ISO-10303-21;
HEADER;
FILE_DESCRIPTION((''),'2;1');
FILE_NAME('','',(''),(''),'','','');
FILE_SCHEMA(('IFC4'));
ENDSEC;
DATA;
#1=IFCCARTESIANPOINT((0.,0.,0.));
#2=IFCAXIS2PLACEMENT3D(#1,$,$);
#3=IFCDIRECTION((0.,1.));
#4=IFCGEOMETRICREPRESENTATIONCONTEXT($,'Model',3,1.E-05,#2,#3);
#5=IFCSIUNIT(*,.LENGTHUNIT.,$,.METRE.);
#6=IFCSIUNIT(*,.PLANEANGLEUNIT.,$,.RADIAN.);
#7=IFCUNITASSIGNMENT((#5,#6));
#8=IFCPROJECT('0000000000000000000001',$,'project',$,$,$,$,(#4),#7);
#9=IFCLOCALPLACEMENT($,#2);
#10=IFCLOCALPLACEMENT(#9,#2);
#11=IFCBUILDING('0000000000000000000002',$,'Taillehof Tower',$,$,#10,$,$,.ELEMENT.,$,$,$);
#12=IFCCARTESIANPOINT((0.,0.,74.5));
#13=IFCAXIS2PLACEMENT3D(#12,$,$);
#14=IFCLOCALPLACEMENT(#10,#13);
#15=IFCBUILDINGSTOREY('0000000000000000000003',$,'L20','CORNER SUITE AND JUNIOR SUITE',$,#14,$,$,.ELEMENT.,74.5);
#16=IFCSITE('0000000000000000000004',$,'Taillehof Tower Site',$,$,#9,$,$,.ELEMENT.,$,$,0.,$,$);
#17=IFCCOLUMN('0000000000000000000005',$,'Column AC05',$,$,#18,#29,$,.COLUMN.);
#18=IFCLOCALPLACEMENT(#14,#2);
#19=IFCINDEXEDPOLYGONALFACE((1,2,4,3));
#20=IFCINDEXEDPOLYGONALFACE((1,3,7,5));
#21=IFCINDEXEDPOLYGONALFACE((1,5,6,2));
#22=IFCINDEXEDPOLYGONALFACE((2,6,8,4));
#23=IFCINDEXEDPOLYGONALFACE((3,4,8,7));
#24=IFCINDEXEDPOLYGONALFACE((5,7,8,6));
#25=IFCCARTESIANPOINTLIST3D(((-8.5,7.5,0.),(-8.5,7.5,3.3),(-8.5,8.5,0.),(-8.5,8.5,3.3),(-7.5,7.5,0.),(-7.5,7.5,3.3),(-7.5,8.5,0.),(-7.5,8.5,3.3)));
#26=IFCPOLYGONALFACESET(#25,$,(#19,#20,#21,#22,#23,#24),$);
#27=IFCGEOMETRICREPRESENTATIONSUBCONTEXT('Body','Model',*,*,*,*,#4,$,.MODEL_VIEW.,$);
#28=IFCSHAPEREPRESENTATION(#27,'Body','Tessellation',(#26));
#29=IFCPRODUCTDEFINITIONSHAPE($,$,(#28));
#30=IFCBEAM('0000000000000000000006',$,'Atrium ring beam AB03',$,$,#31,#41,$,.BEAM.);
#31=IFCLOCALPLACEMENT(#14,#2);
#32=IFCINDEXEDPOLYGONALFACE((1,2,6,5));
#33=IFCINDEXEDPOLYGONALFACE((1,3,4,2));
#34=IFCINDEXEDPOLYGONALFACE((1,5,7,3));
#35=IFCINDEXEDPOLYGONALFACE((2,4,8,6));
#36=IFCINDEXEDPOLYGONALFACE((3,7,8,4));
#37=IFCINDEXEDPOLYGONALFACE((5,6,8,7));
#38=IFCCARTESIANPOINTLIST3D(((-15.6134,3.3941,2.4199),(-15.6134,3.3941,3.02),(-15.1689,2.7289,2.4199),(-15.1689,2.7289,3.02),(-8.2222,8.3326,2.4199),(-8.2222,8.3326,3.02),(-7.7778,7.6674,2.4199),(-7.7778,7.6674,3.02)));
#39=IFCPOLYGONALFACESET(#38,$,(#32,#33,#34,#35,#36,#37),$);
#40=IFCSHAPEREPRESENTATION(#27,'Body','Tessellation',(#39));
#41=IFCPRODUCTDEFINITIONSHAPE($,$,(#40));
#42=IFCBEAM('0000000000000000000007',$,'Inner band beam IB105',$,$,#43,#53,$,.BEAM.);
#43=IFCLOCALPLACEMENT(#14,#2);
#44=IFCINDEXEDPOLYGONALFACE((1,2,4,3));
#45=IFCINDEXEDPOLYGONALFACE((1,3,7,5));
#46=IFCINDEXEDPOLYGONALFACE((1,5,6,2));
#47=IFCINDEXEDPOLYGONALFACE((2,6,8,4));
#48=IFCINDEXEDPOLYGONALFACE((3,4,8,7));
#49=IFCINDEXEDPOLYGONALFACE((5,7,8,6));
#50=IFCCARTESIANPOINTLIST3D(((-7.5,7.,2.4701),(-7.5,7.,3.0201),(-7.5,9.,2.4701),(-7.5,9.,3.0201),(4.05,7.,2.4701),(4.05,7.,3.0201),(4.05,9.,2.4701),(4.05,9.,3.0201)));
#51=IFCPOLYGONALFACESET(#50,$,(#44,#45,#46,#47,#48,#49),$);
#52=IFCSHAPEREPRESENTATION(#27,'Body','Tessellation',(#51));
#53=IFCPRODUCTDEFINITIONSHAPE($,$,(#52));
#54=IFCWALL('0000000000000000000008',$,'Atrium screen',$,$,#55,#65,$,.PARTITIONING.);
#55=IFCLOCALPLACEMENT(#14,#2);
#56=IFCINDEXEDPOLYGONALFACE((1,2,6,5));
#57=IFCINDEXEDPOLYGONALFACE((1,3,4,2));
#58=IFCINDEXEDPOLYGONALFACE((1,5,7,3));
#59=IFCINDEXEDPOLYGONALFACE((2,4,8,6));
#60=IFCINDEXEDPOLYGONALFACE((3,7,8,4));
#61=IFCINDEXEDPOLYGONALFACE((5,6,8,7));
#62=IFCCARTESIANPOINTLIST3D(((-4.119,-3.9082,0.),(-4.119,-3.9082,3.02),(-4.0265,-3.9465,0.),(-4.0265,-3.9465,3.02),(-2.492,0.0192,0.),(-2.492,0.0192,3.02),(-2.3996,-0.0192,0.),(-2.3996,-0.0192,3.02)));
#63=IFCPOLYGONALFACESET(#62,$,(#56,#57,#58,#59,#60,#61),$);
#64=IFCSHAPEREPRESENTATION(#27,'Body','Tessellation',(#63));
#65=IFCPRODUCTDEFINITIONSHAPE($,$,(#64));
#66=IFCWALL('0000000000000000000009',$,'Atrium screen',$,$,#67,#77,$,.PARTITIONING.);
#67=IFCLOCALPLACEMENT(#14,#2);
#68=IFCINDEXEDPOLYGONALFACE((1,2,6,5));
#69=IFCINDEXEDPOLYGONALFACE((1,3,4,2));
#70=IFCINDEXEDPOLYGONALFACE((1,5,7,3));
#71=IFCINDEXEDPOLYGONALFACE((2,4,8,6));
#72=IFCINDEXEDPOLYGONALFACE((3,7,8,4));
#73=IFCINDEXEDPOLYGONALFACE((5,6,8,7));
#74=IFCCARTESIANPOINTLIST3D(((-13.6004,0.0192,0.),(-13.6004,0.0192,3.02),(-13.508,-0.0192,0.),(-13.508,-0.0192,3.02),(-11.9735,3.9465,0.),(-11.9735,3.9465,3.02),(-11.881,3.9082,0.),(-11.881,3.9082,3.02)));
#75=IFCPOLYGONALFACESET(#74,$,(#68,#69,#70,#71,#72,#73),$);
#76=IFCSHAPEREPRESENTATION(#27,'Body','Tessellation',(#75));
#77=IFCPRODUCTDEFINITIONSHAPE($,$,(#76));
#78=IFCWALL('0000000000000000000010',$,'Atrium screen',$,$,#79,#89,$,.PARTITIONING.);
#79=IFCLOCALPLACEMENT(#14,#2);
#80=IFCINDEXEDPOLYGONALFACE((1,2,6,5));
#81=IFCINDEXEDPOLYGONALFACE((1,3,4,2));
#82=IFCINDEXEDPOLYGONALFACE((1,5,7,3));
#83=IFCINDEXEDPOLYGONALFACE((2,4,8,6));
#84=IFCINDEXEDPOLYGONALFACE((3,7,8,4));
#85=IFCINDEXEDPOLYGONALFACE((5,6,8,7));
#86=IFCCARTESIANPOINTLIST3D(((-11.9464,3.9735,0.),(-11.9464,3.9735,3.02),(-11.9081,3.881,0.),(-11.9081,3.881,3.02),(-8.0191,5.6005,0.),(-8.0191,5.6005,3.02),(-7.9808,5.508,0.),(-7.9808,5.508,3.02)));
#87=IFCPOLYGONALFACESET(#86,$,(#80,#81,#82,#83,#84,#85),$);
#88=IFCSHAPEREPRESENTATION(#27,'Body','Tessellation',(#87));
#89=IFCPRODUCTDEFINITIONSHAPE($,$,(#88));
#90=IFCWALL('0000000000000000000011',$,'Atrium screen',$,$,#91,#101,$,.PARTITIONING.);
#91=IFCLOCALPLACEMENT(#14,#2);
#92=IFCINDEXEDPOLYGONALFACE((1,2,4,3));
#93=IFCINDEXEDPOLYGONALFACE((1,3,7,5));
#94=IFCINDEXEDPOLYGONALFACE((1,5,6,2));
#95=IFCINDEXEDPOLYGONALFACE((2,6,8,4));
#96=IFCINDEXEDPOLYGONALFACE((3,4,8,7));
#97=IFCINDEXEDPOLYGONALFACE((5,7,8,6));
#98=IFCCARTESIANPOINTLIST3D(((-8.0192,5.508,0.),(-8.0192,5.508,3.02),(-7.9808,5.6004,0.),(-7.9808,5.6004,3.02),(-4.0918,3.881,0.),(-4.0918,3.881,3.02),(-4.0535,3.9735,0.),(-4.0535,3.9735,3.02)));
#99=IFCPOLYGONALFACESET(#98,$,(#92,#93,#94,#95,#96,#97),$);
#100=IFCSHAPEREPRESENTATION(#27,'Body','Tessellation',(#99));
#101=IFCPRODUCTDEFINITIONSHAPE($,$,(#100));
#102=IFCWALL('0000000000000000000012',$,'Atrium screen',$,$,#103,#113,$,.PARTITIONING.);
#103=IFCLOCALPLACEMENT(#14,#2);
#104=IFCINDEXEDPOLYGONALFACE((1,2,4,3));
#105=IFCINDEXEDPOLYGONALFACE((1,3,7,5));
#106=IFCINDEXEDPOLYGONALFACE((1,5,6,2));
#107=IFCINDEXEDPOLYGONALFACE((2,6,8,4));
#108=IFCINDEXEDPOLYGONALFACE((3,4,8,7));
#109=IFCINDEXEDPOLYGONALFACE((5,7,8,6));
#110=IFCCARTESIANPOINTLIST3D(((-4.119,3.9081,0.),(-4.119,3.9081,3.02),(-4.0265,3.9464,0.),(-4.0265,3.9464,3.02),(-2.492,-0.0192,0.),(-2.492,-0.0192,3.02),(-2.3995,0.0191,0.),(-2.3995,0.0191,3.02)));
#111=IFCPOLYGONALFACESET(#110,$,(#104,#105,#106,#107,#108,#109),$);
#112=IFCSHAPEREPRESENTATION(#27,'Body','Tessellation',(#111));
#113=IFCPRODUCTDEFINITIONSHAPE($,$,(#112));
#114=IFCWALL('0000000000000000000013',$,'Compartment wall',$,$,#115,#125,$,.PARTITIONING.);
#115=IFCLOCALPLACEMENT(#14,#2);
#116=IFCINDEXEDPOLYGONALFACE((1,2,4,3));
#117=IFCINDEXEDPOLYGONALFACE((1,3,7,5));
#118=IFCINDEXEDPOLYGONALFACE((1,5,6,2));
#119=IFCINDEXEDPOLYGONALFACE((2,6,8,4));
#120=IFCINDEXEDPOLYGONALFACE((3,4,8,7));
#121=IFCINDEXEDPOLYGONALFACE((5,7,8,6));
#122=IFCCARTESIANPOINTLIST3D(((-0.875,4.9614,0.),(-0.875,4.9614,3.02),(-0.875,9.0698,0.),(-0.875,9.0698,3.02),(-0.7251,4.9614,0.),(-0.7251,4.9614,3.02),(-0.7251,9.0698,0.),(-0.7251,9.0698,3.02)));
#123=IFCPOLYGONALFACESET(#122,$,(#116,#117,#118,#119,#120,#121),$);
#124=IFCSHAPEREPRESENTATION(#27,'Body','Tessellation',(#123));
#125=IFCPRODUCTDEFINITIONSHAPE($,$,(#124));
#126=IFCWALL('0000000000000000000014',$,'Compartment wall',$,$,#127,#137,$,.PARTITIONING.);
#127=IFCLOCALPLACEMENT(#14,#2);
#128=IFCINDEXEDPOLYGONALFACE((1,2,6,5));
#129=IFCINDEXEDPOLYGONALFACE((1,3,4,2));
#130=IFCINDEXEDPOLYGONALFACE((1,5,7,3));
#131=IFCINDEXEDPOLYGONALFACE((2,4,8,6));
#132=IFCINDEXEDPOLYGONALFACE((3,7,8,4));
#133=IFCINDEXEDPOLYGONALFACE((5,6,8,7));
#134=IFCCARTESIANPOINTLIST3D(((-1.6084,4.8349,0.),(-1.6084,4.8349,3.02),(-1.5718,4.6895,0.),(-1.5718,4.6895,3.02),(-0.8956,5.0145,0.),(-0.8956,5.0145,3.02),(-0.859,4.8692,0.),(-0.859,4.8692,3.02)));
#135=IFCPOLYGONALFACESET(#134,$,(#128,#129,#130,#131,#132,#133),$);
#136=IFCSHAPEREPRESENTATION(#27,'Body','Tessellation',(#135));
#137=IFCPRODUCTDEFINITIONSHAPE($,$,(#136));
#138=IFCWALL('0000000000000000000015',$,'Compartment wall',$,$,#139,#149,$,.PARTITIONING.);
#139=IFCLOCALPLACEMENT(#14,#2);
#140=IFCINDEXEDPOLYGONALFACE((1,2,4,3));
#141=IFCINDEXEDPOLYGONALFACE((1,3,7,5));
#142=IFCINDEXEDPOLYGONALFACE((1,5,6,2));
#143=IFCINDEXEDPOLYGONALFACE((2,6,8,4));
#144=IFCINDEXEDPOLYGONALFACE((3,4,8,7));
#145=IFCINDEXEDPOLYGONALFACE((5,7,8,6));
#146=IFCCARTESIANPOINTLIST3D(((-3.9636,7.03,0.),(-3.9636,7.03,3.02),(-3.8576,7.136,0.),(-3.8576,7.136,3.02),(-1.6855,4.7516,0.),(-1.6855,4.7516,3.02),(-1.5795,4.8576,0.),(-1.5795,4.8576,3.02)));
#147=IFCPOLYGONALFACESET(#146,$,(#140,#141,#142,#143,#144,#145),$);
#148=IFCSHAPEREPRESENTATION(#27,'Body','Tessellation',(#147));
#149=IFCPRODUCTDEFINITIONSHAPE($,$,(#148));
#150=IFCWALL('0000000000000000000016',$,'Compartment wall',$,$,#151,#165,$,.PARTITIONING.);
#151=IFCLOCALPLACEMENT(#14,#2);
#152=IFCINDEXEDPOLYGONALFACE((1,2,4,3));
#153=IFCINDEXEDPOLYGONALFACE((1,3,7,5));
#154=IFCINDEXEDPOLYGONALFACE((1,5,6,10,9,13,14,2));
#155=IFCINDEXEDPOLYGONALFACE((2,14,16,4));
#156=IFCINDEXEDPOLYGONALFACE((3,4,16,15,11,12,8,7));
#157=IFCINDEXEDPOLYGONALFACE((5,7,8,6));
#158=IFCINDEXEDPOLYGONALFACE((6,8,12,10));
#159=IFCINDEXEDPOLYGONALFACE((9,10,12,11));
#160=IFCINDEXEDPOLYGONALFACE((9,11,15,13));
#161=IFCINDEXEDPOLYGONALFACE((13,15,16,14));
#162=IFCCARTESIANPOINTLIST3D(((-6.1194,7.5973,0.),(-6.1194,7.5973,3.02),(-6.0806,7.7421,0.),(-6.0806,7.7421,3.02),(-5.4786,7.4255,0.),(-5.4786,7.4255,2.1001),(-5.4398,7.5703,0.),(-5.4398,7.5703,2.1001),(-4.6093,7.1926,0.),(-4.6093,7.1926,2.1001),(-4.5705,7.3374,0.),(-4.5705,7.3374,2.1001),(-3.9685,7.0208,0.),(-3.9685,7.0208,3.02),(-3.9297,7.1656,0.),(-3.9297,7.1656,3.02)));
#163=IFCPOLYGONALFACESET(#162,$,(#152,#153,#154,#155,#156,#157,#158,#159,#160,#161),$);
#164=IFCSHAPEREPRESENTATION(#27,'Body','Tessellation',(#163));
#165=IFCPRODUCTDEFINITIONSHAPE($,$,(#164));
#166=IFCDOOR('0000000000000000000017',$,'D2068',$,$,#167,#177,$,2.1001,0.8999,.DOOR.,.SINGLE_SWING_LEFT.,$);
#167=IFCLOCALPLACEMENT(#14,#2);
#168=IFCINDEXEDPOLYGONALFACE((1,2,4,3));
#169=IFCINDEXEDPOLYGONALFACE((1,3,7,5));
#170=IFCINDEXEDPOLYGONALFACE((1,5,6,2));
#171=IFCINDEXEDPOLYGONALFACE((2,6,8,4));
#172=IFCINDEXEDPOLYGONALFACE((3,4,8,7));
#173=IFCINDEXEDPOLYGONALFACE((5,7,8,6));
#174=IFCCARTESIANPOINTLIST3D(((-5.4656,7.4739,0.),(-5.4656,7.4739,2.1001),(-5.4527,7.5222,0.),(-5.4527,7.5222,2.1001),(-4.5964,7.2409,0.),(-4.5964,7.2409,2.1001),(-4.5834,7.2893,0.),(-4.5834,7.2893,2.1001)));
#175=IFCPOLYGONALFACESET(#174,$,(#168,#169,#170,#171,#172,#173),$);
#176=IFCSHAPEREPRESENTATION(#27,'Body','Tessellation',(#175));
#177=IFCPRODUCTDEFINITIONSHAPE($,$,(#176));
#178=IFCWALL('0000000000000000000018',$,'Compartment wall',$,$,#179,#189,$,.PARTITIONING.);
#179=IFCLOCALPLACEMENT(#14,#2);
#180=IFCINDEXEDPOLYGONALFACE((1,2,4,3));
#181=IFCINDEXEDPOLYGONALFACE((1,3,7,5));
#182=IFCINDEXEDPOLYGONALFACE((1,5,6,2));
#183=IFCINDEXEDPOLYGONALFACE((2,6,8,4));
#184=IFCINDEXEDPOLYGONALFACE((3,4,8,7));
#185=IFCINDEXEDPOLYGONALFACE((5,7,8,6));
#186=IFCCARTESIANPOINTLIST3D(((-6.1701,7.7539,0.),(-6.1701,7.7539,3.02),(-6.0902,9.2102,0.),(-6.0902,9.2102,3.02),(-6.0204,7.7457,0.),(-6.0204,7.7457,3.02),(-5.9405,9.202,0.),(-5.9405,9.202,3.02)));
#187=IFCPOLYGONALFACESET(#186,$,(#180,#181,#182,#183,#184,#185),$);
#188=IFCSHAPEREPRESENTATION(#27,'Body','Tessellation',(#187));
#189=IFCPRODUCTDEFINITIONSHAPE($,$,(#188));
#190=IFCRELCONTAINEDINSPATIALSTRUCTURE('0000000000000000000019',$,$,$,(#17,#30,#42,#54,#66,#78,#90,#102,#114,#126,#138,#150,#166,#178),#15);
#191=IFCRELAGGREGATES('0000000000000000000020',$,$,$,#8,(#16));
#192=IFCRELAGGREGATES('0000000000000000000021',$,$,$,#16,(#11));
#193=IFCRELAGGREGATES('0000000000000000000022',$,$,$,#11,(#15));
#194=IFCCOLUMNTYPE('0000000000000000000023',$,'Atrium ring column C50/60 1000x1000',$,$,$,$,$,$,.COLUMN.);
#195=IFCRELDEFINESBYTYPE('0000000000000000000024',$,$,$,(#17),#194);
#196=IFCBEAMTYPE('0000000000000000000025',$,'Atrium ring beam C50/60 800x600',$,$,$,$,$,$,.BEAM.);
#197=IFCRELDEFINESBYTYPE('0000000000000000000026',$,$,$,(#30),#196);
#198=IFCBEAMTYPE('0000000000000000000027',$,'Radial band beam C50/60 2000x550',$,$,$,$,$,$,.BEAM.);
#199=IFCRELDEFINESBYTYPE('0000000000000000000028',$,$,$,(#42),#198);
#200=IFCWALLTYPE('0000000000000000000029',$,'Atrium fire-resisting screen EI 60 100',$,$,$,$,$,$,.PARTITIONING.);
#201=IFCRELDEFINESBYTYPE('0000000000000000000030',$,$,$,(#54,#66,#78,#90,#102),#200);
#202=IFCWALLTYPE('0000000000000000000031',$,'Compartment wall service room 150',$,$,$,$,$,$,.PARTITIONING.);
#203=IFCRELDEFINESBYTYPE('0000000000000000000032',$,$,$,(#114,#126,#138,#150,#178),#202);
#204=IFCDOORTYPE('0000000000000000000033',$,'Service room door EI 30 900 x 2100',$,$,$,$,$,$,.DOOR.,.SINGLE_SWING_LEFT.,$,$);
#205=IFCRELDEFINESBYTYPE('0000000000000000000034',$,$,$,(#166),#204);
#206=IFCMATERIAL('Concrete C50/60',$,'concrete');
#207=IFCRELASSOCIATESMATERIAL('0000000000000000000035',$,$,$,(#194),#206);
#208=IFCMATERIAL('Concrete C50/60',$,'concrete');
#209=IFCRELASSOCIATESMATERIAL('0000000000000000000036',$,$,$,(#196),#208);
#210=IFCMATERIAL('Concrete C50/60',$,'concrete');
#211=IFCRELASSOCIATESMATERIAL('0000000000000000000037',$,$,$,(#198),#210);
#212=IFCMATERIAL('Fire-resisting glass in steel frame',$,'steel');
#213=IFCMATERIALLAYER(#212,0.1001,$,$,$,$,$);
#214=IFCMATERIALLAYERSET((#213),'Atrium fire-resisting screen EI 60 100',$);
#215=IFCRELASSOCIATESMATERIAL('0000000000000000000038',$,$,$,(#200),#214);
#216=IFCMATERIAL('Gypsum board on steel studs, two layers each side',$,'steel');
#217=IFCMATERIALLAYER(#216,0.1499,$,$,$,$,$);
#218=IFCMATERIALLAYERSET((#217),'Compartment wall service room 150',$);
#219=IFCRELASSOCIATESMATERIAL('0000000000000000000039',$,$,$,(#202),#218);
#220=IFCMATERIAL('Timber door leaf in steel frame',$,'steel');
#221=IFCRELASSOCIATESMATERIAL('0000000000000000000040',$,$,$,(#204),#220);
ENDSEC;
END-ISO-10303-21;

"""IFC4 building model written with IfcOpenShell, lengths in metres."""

from ifc_helpers import new_model, si_unit, direction, frame, frame_2d, origin, origin_2d, place, context, subcontext, project, spatial, rectangle, extrude, material, layer, layer_set, material_profile, profile_set, type_object, element, fill, save


model = new_model("IFC4")

# Units and contexts
model_context = context("Model", 3, precision=1e-05, world=origin(), true_north=direction((0.0, 1.0)))
body_context = subcontext(model_context, "Body", "Model", "MODEL_VIEW")
ifc_project = project(units=[si_unit("LENGTHUNIT", "METRE"), si_unit("PLANEANGLEUNIT", "RADIAN")], contexts=[model_context])

# Site, building, storey
site_placement = place(None, origin())
site = spatial("IfcSite", under=ifc_project, at=site_placement, Name="Taillehof Tower Site", CompositionType="ELEMENT", RefElevation=0.0)
building_placement = place(site_placement, origin())
building = spatial("IfcBuilding", under=site, at=building_placement, Name="Taillehof Tower", CompositionType="ELEMENT")
storey_placement = place(building_placement, frame((0.0, 0.0, 74.5)))
storey = spatial("IfcBuildingStorey", under=building, at=storey_placement, Name="L20", Description="CORNER SUITE AND JUNIOR SUITE", CompositionType="ELEMENT", Elevation=74.5)

# Column
ifc_material_1 = material(Name="Concrete C50/60", Category="concrete")
ifc_material_profile_1 = material_profile(ifc_material_1, rectangle(XDim=1.0, YDim=1.0, at=origin_2d()), Name="RC 1000x1000")
ifc_profile_set_1 = profile_set([ifc_material_profile_1], Name="Concrete C50/60")
column_type = type_object("IfcColumnType", Name="Atrium ring column C50/60 1000x1000", PredefinedType="COLUMN", material=ifc_profile_set_1)
column_placement = place(storey_placement, frame((-8.0, 8.0, 0.0), z_axis=(0.0, 0.0, 1.0), x_axis=(1.0, 0.0, 0.0)))
element("IfcColumn", 1, at=column_placement, inside=storey, type_object=column_type, Name="Column AC05", PredefinedType="COLUMN", context=body_context, shape_type="SweptSolid", body=[
    extrude(rectangle(XDim=1.0, YDim=1.0, at=origin_2d()), origin(), (0.0, 0.0, 1.0), 3.3),
])

# Beams
ifc_material_2 = material(Name="Concrete C50/60", Category="concrete")
ifc_material_profile_2 = material_profile(ifc_material_2, rectangle(XDim=0.8, YDim=0.6001, at=origin_2d()), Name="RC 800x600")
ifc_profile_set_2 = profile_set([ifc_material_profile_2], Name="Concrete C50/60")
beam_type_1 = type_object("IfcBeamType", Name="Atrium ring beam C50/60 800x600", PredefinedType="BEAM", material=ifc_profile_set_2)
beam_1_placement = place(storey_placement, frame((-8.0, 8.0, 2.72), z_axis=(-0.831475, -0.555562, 0.0), x_axis=(0.555562, -0.831475, 0.0)))
element("IfcBeam", 2, at=beam_1_placement, inside=storey, type_object=beam_type_1, Name="Atrium ring beam AB03", PredefinedType="BEAM", context=body_context, shape_type="SweptSolid", body=[
    extrude(rectangle(XDim=0.8, YDim=0.6001, at=origin_2d()), origin(), (0.0, 0.0, 1.0), 8.8892),
])
ifc_material_3 = material(Name="Concrete C50/60", Category="concrete")
ifc_material_profile_3 = material_profile(ifc_material_3, rectangle(XDim=2.0, YDim=0.55, at=origin_2d()), Name="RC 2000x550")
ifc_profile_set_3 = profile_set([ifc_material_profile_3], Name="Concrete C50/60")
beam_type_2 = type_object("IfcBeamType", Name="Radial band beam C50/60 2000x550", PredefinedType="BEAM", material=ifc_profile_set_3)
beam_2_placement = place(storey_placement, frame((-7.5, 8.0, 2.7451), z_axis=(1.0, 0.0, 0.0), x_axis=(0.0, 1.0, 0.0)))
element("IfcBeam", 3, at=beam_2_placement, inside=storey, type_object=beam_type_2, Name="Inner band beam IB105", PredefinedType="BEAM", context=body_context, shape_type="SweptSolid", body=[
    extrude(rectangle(XDim=2.0, YDim=0.55, at=origin_2d()), origin(), (0.0, 0.0, 1.0), 11.55),
])

# Walls
ifc_material_4 = material(Name="Fire-resisting glass in steel frame", Category="steel")
ifc_layer_1 = layer(ifc_material_4, 0.1001)
ifc_layer_set_1 = layer_set([ifc_layer_1], Name="Atrium fire-resisting screen EI 60 100")
wall_type_1 = type_object("IfcWallType", Name="Atrium fire-resisting screen EI 60 100", PredefinedType="PARTITIONING", material=ifc_layer_set_1)
for number, where, z_axis, x_axis, name in (
    (4, (-2.4458, 0.0, 0.0), (0.0, 0.0, 1.0), (-0.382731, -0.92386, 0.0), "Atrium screen"),
    (5, (-13.5542, 0.0, 0.0), (0.0, 0.0, 1.0), (0.382731, 0.92386, 0.0), "Atrium screen"),
    (6, (-11.9272, 3.9272, 0.0), (0.0, 0.0, 1.0), (0.92386, 0.382731, 0.0), "Atrium screen"),
    (7, (-8.0, 5.5542, 0.0), (0.0, 0.0, 1.0), (0.92386, -0.382731, 0.0), "Atrium screen"),
    (8, (-4.0728, 3.9272, 0.0), (0.0, 0.0, 1.0), (0.382731, -0.92386, 0.0), "Atrium screen"),
):
    element("IfcWall", number, at=place(storey_placement, frame(where, z_axis=z_axis, x_axis=x_axis)), inside=storey, type_object=wall_type_1, Name=name, PredefinedType="PARTITIONING", context=body_context, shape_type="SweptSolid", body=[
        extrude(rectangle(XDim=4.251, YDim=0.1001, at=frame_2d((2.1255, 0.0))), origin(), (0.0, 0.0, 1.0), 3.02),
    ])
ifc_material_5 = material(Name="Gypsum board on steel studs, two layers each side", Category="steel")
ifc_layer_2 = layer(ifc_material_5, 0.1499)
ifc_layer_set_2 = layer_set([ifc_layer_2], Name="Compartment wall service room 150")
wall_type_2 = type_object("IfcWallType", Name="Compartment wall service room 150", PredefinedType="PARTITIONING", material=ifc_layer_set_2)
wall_1_placement = place(storey_placement, frame((-0.8, 9.0698, 0.0), z_axis=(0.0, 0.0, 1.0), x_axis=(0.0, -1.0, 0.0)))
element("IfcWall", 9, at=wall_1_placement, inside=storey, type_object=wall_type_2, Name="Compartment wall", PredefinedType="PARTITIONING", context=body_context, shape_type="SweptSolid", body=[
    extrude(rectangle(XDim=4.1084, YDim=0.1499, at=frame_2d((2.0542, 0.0))), origin(), (0.0, 0.0, 1.0), 3.02),
])
wall_2_placement = place(storey_placement, frame((-0.8772, 4.9419, 0.0), z_axis=(0.0, 0.0, 1.0), x_axis=(-0.969672, -0.24441, 0.0)))
element("IfcWall", 10, at=wall_2_placement, inside=storey, type_object=wall_type_2, Name="Compartment wall", PredefinedType="PARTITIONING", context=body_context, shape_type="SweptSolid", body=[
    extrude(rectangle(XDim=0.7351, YDim=0.1499, at=frame_2d((0.3677, 0.0))), origin(), (0.0, 0.0, 1.0), 3.02),
])
wall_3_placement = place(storey_placement, frame((-1.6326, 4.8047, 0.0), z_axis=(0.0, 0.0, 1.0), x_axis=(-0.707069, 0.707145, 0.0)))
element("IfcWall", 11, at=wall_3_placement, inside=storey, type_object=wall_type_2, Name="Compartment wall", PredefinedType="PARTITIONING", context=body_context, shape_type="SweptSolid", body=[
    extrude(rectangle(XDim=3.2219, YDim=0.1499, at=frame_2d((1.6108, 0.0))), origin(), (0.0, 0.0, 1.0), 3.02),
])

# Wall, opening, door
wall_4_placement = place(storey_placement, frame((-3.9492, 7.0933, 0.0), z_axis=(0.0, 0.0, 1.0), x_axis=(-0.965916, 0.258857, 0.0)))
wall_4 = element("IfcWall", 12, at=wall_4_placement, inside=storey, type_object=wall_type_2, Name="Compartment wall", PredefinedType="PARTITIONING", context=body_context, shape_type="SweptSolid", body=[
    extrude(rectangle(XDim=2.2268, YDim=0.1499, at=frame_2d((1.1133, 0.0))), origin(), (0.0, 0.0, 1.0), 3.02),
])
opening_1_placement = place(wall_4_placement, frame((0.6633, 0.0, 0.0)))
opening_1 = element("IfcOpeningElement", 13, at=opening_1_placement, cuts=wall_4, PredefinedType="OPENING", context=body_context, shape_type="SweptSolid", body=[
    extrude(rectangle(XDim=0.8999, YDim=2.1001, at=frame_2d((0.45, 1.05))), frame((0.0, 0.085, 0.0), z_axis=(0.0, -1.0, 0.0), x_axis=(1.0, 0.0, 0.0)), (0.0, 0.0, 1.0), 0.1699),
])
ifc_material_6 = material(Name="Timber door leaf in steel frame", Category="steel")
door_type_1 = type_object("IfcDoorType", Name="Service room door EI 30 900 x 2100", OperationType="SINGLE_SWING_LEFT", PredefinedType="DOOR", material=ifc_material_6)
door_1_placement = place(opening_1_placement, origin())
door_1 = element("IfcDoor", 14, at=door_1_placement, inside=storey, type_object=door_type_1, Name="D2068", OperationType="SINGLE_SWING_LEFT", OverallHeight=2.1001, OverallWidth=0.8999, PredefinedType="DOOR", context=body_context, shape_type="SweptSolid", body=[
    extrude(rectangle(XDim=0.8999, YDim=2.1001, at=frame_2d((0.45, 1.05))), frame((0.0, 0.0249, 0.0), z_axis=(0.0, -1.0, 0.0), x_axis=(1.0, 0.0, 0.0)), (0.0, 0.0, 1.0), 0.05),
])
fill(opening_1, door_1)

# Wall
wall_5_placement = place(storey_placement, frame((-6.0952, 7.7498, 0.0), z_axis=(0.0, 0.0, 1.0), x_axis=(0.054738, 0.998501, 0.0)))
element("IfcWall", 15, at=wall_5_placement, inside=storey, type_object=wall_type_2, Name="Compartment wall", PredefinedType="PARTITIONING", context=body_context, shape_type="SweptSolid", body=[
    extrude(rectangle(XDim=1.4585, YDim=0.1499, at=frame_2d((0.7292, 0.0))), origin(), (0.0, 0.0, 1.0), 3.02),
])

save(model, "model.ifc")
